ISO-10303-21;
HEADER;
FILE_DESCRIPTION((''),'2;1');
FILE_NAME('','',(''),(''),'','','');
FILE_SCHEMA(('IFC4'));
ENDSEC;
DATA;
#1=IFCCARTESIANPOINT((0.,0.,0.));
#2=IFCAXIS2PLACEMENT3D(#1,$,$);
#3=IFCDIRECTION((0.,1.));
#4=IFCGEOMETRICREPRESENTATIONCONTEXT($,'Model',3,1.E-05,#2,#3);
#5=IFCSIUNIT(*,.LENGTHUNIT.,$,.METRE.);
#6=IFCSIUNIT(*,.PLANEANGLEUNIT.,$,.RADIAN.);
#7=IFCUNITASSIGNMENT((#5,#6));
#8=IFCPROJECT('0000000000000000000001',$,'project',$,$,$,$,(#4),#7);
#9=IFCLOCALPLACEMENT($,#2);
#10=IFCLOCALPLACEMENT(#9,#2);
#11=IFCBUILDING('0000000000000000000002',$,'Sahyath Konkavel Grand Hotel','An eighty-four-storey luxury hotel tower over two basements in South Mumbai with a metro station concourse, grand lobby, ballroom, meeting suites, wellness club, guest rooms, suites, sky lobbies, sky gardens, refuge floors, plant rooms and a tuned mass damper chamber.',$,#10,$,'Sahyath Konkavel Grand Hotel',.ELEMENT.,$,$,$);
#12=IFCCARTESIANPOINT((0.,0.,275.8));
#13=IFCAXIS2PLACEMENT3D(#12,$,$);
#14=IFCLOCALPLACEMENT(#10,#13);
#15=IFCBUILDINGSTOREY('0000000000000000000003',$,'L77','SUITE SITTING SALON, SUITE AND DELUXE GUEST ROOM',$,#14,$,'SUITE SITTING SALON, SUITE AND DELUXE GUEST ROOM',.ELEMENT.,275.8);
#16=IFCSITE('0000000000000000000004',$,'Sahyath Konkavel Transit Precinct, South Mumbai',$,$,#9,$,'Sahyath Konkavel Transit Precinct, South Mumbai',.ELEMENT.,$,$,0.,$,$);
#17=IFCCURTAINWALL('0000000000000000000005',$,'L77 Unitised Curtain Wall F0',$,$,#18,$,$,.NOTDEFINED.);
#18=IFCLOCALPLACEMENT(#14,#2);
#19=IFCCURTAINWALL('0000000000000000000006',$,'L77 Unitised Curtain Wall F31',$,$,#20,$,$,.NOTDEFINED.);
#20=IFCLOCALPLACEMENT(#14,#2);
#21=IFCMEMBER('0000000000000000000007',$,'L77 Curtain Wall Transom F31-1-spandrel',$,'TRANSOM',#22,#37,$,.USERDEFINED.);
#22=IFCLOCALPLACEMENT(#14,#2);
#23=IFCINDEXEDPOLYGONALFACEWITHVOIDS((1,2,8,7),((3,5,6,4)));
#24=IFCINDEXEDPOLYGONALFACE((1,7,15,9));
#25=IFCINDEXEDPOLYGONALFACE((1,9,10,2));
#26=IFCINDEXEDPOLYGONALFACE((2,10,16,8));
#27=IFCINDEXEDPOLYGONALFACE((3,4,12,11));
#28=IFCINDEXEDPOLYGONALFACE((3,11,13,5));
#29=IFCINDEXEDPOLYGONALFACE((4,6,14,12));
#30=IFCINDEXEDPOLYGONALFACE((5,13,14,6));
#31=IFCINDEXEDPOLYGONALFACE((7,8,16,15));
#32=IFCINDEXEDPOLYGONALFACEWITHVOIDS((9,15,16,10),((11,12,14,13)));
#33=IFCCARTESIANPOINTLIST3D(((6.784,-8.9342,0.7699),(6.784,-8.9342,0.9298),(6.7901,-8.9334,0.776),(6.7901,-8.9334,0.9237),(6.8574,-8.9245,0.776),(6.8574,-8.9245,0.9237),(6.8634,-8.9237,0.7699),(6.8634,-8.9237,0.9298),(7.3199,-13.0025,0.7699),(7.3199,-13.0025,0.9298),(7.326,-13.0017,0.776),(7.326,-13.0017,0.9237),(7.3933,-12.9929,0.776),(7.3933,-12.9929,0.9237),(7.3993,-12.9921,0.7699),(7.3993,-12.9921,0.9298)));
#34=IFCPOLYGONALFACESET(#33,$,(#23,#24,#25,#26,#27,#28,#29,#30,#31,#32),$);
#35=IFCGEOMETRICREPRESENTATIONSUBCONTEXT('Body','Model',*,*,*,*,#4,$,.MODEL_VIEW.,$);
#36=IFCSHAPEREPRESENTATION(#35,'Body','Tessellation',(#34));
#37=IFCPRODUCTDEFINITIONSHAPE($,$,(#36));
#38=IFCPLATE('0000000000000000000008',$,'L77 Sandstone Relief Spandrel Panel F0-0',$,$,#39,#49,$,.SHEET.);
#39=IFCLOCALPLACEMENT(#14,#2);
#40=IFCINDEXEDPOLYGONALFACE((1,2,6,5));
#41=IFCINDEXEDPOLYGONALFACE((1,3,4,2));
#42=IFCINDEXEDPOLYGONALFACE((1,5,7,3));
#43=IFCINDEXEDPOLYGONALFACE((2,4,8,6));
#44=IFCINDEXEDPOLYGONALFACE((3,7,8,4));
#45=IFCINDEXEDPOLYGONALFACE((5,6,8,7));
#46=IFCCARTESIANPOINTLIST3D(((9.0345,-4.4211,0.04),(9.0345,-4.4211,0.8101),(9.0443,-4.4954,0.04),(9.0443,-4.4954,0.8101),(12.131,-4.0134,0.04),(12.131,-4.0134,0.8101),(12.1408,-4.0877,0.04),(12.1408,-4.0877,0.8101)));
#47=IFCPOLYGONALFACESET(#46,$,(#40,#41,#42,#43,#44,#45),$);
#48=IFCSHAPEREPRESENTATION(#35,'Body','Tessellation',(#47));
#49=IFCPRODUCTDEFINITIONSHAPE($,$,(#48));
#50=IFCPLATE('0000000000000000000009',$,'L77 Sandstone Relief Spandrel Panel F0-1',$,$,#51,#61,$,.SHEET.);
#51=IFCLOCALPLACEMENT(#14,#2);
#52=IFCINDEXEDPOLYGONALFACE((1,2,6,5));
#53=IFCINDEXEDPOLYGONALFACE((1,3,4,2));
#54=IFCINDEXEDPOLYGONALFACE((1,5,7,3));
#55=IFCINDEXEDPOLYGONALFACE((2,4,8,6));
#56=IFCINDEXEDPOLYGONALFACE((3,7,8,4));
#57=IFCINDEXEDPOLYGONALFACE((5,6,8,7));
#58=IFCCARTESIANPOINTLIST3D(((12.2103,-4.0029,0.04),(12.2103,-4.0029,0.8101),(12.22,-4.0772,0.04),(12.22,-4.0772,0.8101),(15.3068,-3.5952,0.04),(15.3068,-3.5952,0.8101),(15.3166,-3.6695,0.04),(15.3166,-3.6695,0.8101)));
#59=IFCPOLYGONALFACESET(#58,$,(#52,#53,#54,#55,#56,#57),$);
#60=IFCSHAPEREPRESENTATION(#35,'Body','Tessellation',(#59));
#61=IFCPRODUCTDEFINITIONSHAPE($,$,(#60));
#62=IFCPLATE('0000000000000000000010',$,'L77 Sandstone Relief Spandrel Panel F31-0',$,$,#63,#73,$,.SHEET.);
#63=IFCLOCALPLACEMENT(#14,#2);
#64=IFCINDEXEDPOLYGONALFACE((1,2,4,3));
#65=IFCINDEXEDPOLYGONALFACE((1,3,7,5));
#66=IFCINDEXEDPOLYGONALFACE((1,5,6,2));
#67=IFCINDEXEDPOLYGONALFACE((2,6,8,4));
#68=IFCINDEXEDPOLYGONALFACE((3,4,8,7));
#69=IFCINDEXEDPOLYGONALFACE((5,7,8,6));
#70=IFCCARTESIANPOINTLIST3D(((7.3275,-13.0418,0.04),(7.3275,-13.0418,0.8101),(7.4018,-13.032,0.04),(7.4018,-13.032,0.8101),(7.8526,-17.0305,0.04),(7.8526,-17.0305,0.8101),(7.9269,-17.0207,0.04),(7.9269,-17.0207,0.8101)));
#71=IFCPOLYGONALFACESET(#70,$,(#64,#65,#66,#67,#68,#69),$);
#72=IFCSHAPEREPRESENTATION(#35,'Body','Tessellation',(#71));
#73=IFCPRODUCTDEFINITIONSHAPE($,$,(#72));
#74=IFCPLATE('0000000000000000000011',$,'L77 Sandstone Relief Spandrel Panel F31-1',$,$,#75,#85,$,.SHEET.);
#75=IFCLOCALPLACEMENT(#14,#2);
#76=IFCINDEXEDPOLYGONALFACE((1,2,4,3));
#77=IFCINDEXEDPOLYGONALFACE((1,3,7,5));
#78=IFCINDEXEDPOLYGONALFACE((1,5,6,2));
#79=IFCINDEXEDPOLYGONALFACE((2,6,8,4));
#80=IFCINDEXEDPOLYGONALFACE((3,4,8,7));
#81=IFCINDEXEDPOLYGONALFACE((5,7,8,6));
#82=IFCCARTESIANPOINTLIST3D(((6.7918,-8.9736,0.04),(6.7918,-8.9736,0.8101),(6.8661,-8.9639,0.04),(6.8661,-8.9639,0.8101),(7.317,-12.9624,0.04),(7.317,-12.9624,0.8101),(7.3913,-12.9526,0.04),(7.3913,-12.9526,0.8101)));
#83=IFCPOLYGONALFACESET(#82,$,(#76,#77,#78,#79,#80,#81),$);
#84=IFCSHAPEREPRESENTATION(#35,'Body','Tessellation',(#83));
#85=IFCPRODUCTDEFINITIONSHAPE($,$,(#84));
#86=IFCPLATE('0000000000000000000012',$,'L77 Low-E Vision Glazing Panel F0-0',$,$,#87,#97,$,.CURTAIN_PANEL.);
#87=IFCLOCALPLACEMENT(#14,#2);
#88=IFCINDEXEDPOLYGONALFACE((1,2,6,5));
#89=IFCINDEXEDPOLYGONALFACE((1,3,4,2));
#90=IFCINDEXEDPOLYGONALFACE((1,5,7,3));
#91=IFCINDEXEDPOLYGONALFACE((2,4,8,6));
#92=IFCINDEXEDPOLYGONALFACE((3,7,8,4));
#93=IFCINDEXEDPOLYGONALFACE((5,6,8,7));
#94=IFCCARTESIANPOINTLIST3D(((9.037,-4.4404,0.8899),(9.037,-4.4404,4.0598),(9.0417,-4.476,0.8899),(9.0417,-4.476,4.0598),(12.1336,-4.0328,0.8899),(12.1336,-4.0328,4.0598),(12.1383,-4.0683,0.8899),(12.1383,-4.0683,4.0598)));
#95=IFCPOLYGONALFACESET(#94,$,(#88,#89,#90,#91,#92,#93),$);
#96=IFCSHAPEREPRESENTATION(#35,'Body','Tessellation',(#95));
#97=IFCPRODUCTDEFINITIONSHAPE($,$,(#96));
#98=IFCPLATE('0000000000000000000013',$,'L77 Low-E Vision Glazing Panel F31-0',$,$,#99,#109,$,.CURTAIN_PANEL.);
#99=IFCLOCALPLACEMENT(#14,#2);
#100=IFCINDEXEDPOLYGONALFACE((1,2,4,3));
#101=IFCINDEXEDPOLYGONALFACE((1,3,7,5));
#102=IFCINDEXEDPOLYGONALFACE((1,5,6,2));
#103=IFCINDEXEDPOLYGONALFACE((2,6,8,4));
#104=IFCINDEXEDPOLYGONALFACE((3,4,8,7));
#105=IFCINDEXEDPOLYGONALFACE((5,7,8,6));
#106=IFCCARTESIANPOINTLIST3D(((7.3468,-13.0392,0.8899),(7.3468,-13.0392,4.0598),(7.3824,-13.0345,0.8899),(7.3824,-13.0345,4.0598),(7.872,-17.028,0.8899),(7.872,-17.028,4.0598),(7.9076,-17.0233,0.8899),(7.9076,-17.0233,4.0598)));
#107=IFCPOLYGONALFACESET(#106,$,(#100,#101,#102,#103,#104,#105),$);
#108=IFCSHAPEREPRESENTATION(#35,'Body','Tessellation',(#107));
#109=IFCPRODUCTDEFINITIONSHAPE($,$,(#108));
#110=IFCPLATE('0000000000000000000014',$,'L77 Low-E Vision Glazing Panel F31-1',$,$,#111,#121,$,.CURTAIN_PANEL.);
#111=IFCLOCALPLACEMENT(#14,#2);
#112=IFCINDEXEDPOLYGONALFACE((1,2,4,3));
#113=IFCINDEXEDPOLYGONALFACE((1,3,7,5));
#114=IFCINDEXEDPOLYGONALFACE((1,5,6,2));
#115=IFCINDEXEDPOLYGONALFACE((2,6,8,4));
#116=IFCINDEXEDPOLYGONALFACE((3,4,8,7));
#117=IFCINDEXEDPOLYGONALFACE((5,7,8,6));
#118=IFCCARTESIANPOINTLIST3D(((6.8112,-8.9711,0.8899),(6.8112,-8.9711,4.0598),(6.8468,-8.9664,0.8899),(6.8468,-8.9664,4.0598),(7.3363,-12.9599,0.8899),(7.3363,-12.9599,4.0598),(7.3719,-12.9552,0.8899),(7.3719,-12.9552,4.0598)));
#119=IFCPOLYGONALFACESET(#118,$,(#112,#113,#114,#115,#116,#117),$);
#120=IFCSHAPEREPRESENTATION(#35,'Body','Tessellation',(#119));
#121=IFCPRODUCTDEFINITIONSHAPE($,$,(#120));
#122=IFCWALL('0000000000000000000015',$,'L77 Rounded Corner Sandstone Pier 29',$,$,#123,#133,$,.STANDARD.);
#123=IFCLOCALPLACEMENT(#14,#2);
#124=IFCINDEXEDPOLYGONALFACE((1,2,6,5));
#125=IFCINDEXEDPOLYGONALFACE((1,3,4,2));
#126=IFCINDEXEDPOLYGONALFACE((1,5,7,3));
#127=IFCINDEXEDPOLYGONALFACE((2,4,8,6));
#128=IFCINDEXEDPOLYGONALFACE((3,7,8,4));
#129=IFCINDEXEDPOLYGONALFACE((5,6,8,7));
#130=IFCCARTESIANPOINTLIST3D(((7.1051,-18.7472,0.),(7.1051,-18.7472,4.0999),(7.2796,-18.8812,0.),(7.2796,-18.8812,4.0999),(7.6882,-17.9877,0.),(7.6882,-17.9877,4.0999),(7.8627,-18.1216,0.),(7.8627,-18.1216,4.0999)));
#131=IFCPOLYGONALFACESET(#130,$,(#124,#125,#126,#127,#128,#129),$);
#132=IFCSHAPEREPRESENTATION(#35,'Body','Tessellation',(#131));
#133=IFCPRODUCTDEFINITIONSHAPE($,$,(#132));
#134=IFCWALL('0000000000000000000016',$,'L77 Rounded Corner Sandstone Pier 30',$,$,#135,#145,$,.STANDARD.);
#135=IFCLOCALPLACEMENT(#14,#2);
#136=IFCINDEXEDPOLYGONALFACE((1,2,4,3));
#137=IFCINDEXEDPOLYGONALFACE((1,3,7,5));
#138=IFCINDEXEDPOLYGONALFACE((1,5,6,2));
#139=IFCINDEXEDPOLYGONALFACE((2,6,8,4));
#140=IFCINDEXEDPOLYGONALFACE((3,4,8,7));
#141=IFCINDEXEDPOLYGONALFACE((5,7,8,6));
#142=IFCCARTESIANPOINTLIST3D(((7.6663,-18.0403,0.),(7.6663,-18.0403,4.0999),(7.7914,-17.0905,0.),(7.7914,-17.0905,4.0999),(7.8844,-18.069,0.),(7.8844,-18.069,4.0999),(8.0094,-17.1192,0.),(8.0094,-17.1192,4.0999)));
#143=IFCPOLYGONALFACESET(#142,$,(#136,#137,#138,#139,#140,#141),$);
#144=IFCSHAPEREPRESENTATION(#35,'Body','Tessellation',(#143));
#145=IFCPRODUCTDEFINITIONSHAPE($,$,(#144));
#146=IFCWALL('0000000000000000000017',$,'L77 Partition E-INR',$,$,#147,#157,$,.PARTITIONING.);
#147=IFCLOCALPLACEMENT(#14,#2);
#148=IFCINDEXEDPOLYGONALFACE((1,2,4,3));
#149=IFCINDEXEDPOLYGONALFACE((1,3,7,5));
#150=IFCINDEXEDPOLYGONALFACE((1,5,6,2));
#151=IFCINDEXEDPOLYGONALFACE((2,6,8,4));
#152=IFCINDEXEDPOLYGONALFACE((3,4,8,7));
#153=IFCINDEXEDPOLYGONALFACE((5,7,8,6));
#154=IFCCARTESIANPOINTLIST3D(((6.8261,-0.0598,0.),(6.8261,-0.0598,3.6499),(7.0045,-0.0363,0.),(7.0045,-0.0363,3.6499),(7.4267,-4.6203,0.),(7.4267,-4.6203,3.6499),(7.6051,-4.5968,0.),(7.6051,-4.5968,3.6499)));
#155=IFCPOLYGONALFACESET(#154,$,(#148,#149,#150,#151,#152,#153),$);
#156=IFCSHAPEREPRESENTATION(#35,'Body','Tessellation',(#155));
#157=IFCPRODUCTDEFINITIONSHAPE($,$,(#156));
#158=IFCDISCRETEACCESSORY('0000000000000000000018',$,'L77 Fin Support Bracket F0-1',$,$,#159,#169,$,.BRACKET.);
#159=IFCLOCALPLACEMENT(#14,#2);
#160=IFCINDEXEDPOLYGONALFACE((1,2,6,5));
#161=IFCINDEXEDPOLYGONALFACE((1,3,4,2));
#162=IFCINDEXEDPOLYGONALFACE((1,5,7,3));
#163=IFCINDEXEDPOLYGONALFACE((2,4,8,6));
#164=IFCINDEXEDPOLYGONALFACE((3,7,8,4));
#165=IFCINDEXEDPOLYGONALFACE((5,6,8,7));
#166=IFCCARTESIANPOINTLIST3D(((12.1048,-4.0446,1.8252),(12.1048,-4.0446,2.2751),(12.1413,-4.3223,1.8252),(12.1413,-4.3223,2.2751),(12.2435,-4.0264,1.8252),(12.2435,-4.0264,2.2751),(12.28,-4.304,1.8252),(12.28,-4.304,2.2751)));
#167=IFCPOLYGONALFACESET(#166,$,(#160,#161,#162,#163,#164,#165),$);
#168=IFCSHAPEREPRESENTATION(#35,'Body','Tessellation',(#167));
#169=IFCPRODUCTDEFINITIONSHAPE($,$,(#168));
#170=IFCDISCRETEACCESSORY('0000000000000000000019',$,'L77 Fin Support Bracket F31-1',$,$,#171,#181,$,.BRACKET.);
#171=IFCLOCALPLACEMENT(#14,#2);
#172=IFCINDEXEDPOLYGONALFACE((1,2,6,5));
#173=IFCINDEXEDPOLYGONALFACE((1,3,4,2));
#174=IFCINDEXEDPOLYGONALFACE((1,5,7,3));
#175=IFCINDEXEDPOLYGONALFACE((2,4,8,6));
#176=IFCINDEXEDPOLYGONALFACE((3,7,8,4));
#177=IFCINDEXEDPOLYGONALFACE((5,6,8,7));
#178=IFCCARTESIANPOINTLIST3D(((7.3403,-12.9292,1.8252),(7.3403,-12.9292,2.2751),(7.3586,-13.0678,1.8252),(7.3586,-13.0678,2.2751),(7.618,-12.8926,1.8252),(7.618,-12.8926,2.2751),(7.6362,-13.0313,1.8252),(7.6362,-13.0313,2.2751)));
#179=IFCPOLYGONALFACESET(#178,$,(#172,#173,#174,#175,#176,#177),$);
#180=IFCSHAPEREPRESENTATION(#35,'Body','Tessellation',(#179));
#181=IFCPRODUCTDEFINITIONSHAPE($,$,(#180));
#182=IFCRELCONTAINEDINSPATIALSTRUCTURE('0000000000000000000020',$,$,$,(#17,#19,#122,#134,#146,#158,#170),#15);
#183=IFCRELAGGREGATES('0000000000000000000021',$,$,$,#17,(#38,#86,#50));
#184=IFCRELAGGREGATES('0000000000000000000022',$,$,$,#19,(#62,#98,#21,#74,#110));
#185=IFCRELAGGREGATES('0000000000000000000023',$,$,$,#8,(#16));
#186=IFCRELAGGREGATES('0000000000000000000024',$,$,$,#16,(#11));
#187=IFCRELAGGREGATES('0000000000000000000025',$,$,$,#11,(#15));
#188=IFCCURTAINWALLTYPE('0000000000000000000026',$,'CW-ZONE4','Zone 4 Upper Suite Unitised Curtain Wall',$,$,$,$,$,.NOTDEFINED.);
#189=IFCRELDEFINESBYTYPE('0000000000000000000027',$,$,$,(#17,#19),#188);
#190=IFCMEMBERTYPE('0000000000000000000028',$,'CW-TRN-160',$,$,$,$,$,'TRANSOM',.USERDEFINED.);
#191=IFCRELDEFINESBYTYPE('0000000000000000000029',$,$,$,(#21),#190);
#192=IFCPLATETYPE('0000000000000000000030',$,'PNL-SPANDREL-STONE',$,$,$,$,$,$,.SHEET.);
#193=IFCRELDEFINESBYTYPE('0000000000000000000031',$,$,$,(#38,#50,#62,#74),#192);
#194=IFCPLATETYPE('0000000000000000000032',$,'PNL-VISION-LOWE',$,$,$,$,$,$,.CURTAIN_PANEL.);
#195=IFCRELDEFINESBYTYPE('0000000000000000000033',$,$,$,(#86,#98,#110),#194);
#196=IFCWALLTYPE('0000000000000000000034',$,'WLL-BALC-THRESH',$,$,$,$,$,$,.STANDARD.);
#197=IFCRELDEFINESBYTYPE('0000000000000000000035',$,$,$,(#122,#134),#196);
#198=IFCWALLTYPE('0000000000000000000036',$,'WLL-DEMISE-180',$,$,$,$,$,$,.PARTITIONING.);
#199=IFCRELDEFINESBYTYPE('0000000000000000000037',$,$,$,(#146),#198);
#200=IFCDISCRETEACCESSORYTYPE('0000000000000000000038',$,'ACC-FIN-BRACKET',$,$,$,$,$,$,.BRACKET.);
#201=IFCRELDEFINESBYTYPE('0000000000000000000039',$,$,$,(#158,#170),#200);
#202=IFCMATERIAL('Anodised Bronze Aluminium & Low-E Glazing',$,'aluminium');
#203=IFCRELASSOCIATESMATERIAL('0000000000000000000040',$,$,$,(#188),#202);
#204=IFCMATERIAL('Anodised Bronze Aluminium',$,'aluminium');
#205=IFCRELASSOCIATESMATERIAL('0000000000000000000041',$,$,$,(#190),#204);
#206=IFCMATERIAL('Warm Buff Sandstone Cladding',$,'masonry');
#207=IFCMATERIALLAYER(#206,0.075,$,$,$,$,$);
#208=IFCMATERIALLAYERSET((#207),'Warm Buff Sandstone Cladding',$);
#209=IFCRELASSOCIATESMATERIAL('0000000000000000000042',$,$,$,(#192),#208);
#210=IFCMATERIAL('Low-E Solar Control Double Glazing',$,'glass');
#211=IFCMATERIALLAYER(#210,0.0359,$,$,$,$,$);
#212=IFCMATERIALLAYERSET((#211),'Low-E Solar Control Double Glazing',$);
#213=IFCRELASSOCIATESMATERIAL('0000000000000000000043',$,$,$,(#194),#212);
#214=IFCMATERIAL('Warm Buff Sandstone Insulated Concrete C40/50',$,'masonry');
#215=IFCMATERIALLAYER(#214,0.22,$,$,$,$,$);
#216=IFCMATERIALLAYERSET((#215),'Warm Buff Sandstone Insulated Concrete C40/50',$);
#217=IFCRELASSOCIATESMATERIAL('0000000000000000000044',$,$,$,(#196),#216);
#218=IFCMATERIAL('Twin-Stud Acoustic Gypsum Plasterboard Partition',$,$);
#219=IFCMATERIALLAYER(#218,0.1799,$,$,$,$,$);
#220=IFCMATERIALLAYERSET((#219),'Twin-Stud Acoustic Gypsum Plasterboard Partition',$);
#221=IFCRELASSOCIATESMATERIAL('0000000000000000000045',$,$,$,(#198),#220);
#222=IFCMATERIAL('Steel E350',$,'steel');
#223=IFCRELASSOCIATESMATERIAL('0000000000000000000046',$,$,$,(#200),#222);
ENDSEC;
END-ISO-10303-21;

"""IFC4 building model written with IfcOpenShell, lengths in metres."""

from ifc_helpers import new_model, si_unit, direction, frame, frame_2d, origin, origin_2d, place, context, subcontext, project, spatial, rectangle, hollow_rectangle, extrude, source, transform, mapped, material, layer, layer_set, material_profile, profile_set, type_object, element, aggregate, save


model = new_model("IFC4")

# Units and contexts
model_context = context("Model", 3, precision=1e-05, world=origin(), true_north=direction((0.0, 1.0)))
body_context = subcontext(model_context, "Body", "Model", "MODEL_VIEW")
ifc_project = project(units=[si_unit("LENGTHUNIT", "METRE"), si_unit("PLANEANGLEUNIT", "RADIAN")], contexts=[model_context])

# Site, building, storey
site_placement = place(None, origin())
site = spatial("IfcSite", under=ifc_project, at=site_placement, Name="Sahyath Konkavel Transit Precinct, South Mumbai", LongName="Sahyath Konkavel Transit Precinct, South Mumbai", CompositionType="ELEMENT", RefElevation=0.0)
building_placement = place(site_placement, origin())
building = spatial("IfcBuilding", under=site, at=building_placement, Name="Sahyath Konkavel Grand Hotel", Description="An eighty-four-storey luxury hotel tower over two basements in South Mumbai with a metro station concourse, grand lobby, ballroom, meeting suites, wellness club, guest rooms, suites, sky lobbies, sky gardens, refuge floors, plant rooms and a tuned mass damper chamber.", LongName="Sahyath Konkavel Grand Hotel", CompositionType="ELEMENT")
storey_placement = place(building_placement, frame((0.0, 0.0, 275.8)))
storey = spatial("IfcBuildingStorey", under=building, at=storey_placement, Name="L77", Description="SUITE SITTING SALON, SUITE AND DELUXE GUEST ROOM", LongName="SUITE SITTING SALON, SUITE AND DELUXE GUEST ROOM", CompositionType="ELEMENT", Elevation=275.8)

# Curtain wall
ifc_material_1 = material(Name="Anodised Bronze Aluminium & Low-E Glazing", Category="aluminium")
curtain_wall_type = type_object("IfcCurtainWallType", Name="CW-ZONE4", Description="Zone 4 Upper Suite Unitised Curtain Wall", PredefinedType="NOTDEFINED", material=ifc_material_1)
curtain_wall_1_placement = place(storey_placement, origin())
curtain_wall_1 = element("IfcCurtainWall", 1, at=curtain_wall_1_placement, inside=storey, type_object=curtain_wall_type, Name="L77 Unitised Curtain Wall F0", PredefinedType="NOTDEFINED")
ifc_material_2 = material(Name="Anodised Bronze Aluminium", Category="aluminium")

# Curtain wall
curtain_wall_2_placement = place(storey_placement, origin())
curtain_wall_2 = element("IfcCurtainWall", 2, at=curtain_wall_2_placement, inside=storey, type_object=curtain_wall_type, Name="L77 Unitised Curtain Wall F31", PredefinedType="NOTDEFINED")

# Member
ifc_material_profile_1 = material_profile(ifc_material_2, hollow_rectangle(XDim=0.0801, YDim=0.1599, WallThickness=0.0061, at=origin_2d()), Name="RHS 160x80x6")
ifc_profile_set_1 = profile_set([ifc_material_profile_1], Name="Anodised Bronze Aluminium")
member_type_1 = type_object("IfcMemberType", Name="CW-TRN-160", ElementType="TRANSOM", PredefinedType="USERDEFINED", material=ifc_profile_set_1)
shared_shape_1 = source(origin(), body_context, "Body", "SweptSolid", [
    extrude(hollow_rectangle(XDim=0.0801, YDim=0.1599, WallThickness=0.0061, at=origin_2d()), origin(), (0.0, 0.0, 1.0), 4.1035),
])
member_1_placement = place(storey_placement, frame((7.3596, -12.9973, 0.8499), z_axis=(-0.130593, 0.991436, 0.0), x_axis=(-0.991436, -0.130593, 0.0)))
member_1 = element("IfcMember", 3, at=member_1_placement, type_object=member_type_1, Name="L77 Curtain Wall Transom F31-1-spandrel", ObjectType="TRANSOM", PredefinedType="USERDEFINED", context=body_context, shape_type="MappedRepresentation", body=[
    mapped(shared_shape_1, transform((0.0, 0.0, 0.0), scale=1.0)),
])

# Plates
ifc_material_3 = material(Name="Warm Buff Sandstone Cladding", Category="masonry")
ifc_layer_1 = layer(ifc_material_3, 0.075)
ifc_layer_set_1 = layer_set([ifc_layer_1], Name="Warm Buff Sandstone Cladding")
plate_type_1 = type_object("IfcPlateType", Name="PNL-SPANDREL-STONE", PredefinedType="SHEET", material=ifc_layer_set_1)
shared_shape_2 = source(origin(), body_context, "Body", "SweptSolid", [
    extrude(rectangle(XDim=3.1233, YDim=0.075, at=origin_2d()), origin(), (0.0, 0.0, 1.0), 0.77),
])
plate_1_placement = place(storey_placement, frame((10.5876, -4.2544, 0.04), z_axis=(0.0, 0.0, 1.0), x_axis=(0.991445, 0.130526, 0.0)))
plate_1 = element("IfcPlate", 4, at=plate_1_placement, type_object=plate_type_1, Name="L77 Sandstone Relief Spandrel Panel F0-0", PredefinedType="SHEET", context=body_context, shape_type="MappedRepresentation", body=[
    mapped(shared_shape_2, transform((0.0, 0.0, 0.0), scale=1.0)),
])
plate_2_placement = place(storey_placement, frame((13.7634, -3.8362, 0.04), z_axis=(0.0, 0.0, 1.0), x_axis=(0.991445, 0.130526, 0.0)))
plate_2 = element("IfcPlate", 5, at=plate_2_placement, type_object=plate_type_1, Name="L77 Sandstone Relief Spandrel Panel F0-1", PredefinedType="SHEET", context=body_context, shape_type="MappedRepresentation", body=[
    mapped(shared_shape_2, transform((0.0, 0.0, 0.0), scale=1.0)),
])
shared_shape_3 = source(origin(), body_context, "Body", "SweptSolid", [
    extrude(rectangle(XDim=4.0232, YDim=0.075, at=origin_2d()), origin(), (0.0, 0.0, 1.0), 0.77),
])
plate_3_placement = place(storey_placement, frame((7.6272, -15.0312, 0.04), z_axis=(0.0, 0.0, 1.0), x_axis=(-0.130526, 0.991445, 0.0)))
plate_3 = element("IfcPlate", 6, at=plate_3_placement, type_object=plate_type_1, Name="L77 Sandstone Relief Spandrel Panel F31-0", PredefinedType="SHEET", context=body_context, shape_type="MappedRepresentation", body=[
    mapped(shared_shape_3, transform((0.0, 0.0, 0.0), scale=1.0)),
])
plate_4_placement = place(storey_placement, frame((7.0916, -10.9631, 0.04), z_axis=(0.0, 0.0, 1.0), x_axis=(-0.130526, 0.991445, 0.0)))
plate_4 = element("IfcPlate", 7, at=plate_4_placement, type_object=plate_type_1, Name="L77 Sandstone Relief Spandrel Panel F31-1", PredefinedType="SHEET", context=body_context, shape_type="MappedRepresentation", body=[
    mapped(shared_shape_3, transform((0.0, 0.0, 0.0), scale=1.0)),
])
ifc_material_4 = material(Name="Low-E Solar Control Double Glazing", Category="glass")
ifc_layer_2 = layer(ifc_material_4, 0.0359)
ifc_layer_set_2 = layer_set([ifc_layer_2], Name="Low-E Solar Control Double Glazing")
plate_type_2 = type_object("IfcPlateType", Name="PNL-VISION-LOWE", PredefinedType="CURTAIN_PANEL", material=ifc_layer_set_2)
shared_shape_4 = source(origin(), body_context, "Body", "SweptSolid", [
    extrude(rectangle(XDim=3.1233, YDim=0.0359, at=origin_2d()), origin(), (0.0, 0.0, 1.0), 3.1699),
])
plate_5_placement = place(storey_placement, frame((10.5876, -4.2544, 0.8899), z_axis=(0.0, 0.0, 1.0), x_axis=(0.991445, 0.130526, 0.0)))
plate_5 = element("IfcPlate", 8, at=plate_5_placement, type_object=plate_type_2, Name="L77 Low-E Vision Glazing Panel F0-0", PredefinedType="CURTAIN_PANEL", context=body_context, shape_type="MappedRepresentation", body=[
    mapped(shared_shape_4, transform((0.0, 0.0, 0.0), scale=1.0)),
])
aggregate(curtain_wall_1, [plate_1, plate_5, plate_2])
shared_shape_5 = source(origin(), body_context, "Body", "SweptSolid", [
    extrude(rectangle(XDim=4.0232, YDim=0.0359, at=origin_2d()), origin(), (0.0, 0.0, 1.0), 3.1699),
])
plate_6_placement = place(storey_placement, frame((7.6272, -15.0312, 0.8899), z_axis=(0.0, 0.0, 1.0), x_axis=(-0.130526, 0.991445, 0.0)))
plate_6 = element("IfcPlate", 9, at=plate_6_placement, type_object=plate_type_2, Name="L77 Low-E Vision Glazing Panel F31-0", PredefinedType="CURTAIN_PANEL", context=body_context, shape_type="MappedRepresentation", body=[
    mapped(shared_shape_5, transform((0.0, 0.0, 0.0), scale=1.0)),
])
plate_7_placement = place(storey_placement, frame((7.0916, -10.9631, 0.8899), z_axis=(0.0, 0.0, 1.0), x_axis=(-0.130526, 0.991445, 0.0)))
plate_7 = element("IfcPlate", 10, at=plate_7_placement, type_object=plate_type_2, Name="L77 Low-E Vision Glazing Panel F31-1", PredefinedType="CURTAIN_PANEL", context=body_context, shape_type="MappedRepresentation", body=[
    mapped(shared_shape_5, transform((0.0, 0.0, 0.0), scale=1.0)),
])
aggregate(curtain_wall_2, [plate_3, plate_6, member_1, plate_4, plate_7])

# Walls
ifc_material_5 = material(Name="Warm Buff Sandstone Insulated Concrete C40/50", Category="masonry")
ifc_layer_3 = layer(ifc_material_5, 0.22)
ifc_layer_set_3 = layer_set([ifc_layer_3], Name="Warm Buff Sandstone Insulated Concrete C40/50")
wall_type_1 = type_object("IfcWallType", Name="WLL-BALC-THRESH", PredefinedType="STANDARD", material=ifc_layer_set_3)
wall_1_placement = place(storey_placement, frame((7.1924, -18.8142, 0.0), z_axis=(0.0, 0.0, 1.0), x_axis=(0.608897, 0.793249, 0.0)))
element("IfcWall", 11, at=wall_1_placement, inside=storey, type_object=wall_type_1, Name="L77 Rounded Corner Sandstone Pier 29", PredefinedType="STANDARD", context=body_context, shape_type="SweptSolid", body=[
    extrude(rectangle(XDim=0.9575, YDim=0.22, at=frame_2d((0.4788, 0.0))), origin(), (0.0, 0.0, 1.0), 4.0999),
])
wall_2_placement = place(storey_placement, frame((7.7754, -18.0547, 0.0), z_axis=(0.0, 0.0, 1.0), x_axis=(0.130494, 0.991449, 0.0)))
element("IfcWall", 12, at=wall_2_placement, inside=storey, type_object=wall_type_1, Name="L77 Rounded Corner Sandstone Pier 30", PredefinedType="STANDARD", context=body_context, shape_type="SweptSolid", body=[
    extrude(rectangle(XDim=0.958, YDim=0.22, at=frame_2d((0.479, 0.0))), origin(), (0.0, 0.0, 1.0), 4.0999),
])
ifc_material_6 = material(Name="Twin-Stud Acoustic Gypsum Plasterboard Partition")
ifc_layer_4 = layer(ifc_material_6, 0.1799)
ifc_layer_set_4 = layer_set([ifc_layer_4], Name="Twin-Stud Acoustic Gypsum Plasterboard Partition")
wall_type_2 = type_object("IfcWallType", Name="WLL-DEMISE-180", PredefinedType="PARTITIONING", material=ifc_layer_set_4)
wall_3_placement = place(storey_placement, frame((7.5159, -4.6084, 0.0), z_axis=(0.0, 0.0, 1.0), x_axis=(-0.130564, 0.99144, 0.0)))
element("IfcWall", 13, at=wall_3_placement, inside=storey, type_object=wall_type_2, Name="L77 Partition E-INR", PredefinedType="PARTITIONING", context=body_context, shape_type="SweptSolid", body=[
    extrude(rectangle(XDim=4.5999, YDim=0.1799, at=frame_2d((2.2998, 0.0))), origin(), (0.0, 0.0, 1.0), 3.6499),
])

# Discrete accessories
ifc_material_7 = material(Name="Steel E350", Category="steel")
discrete_accessory_type = type_object("IfcDiscreteAccessoryType", Name="ACC-FIN-BRACKET", PredefinedType="BRACKET", material=ifc_material_7)
shared_shape_6 = source(origin(), body_context, "Body", "SweptSolid", [
    extrude(rectangle(XDim=0.28, YDim=0.1399, at=origin_2d()), origin(), (0.0, 0.0, 1.0), 0.45),
])
for number, where, z_axis, x_axis, name in (
    (14, (12.1924, -4.1743, 1.8252), (0.0, 0.0, 1.0), (0.130526, -0.991445, 0.0), "L77 Fin Support Bracket F0-1"),
    (15, (7.4883, -12.9802, 1.8252), (0.0, 0.0, 1.0), (0.991445, 0.130526, 0.0), "L77 Fin Support Bracket F31-1"),
):
    element("IfcDiscreteAccessory", number, at=place(storey_placement, frame(where, z_axis=z_axis, x_axis=x_axis)), inside=storey, type_object=discrete_accessory_type, Name=name, PredefinedType="BRACKET", context=body_context, shape_type="MappedRepresentation", body=[
        mapped(shared_shape_6, transform((0.0, 0.0, 0.0), scale=1.0)),
    ])

save(model, "model.ifc")
